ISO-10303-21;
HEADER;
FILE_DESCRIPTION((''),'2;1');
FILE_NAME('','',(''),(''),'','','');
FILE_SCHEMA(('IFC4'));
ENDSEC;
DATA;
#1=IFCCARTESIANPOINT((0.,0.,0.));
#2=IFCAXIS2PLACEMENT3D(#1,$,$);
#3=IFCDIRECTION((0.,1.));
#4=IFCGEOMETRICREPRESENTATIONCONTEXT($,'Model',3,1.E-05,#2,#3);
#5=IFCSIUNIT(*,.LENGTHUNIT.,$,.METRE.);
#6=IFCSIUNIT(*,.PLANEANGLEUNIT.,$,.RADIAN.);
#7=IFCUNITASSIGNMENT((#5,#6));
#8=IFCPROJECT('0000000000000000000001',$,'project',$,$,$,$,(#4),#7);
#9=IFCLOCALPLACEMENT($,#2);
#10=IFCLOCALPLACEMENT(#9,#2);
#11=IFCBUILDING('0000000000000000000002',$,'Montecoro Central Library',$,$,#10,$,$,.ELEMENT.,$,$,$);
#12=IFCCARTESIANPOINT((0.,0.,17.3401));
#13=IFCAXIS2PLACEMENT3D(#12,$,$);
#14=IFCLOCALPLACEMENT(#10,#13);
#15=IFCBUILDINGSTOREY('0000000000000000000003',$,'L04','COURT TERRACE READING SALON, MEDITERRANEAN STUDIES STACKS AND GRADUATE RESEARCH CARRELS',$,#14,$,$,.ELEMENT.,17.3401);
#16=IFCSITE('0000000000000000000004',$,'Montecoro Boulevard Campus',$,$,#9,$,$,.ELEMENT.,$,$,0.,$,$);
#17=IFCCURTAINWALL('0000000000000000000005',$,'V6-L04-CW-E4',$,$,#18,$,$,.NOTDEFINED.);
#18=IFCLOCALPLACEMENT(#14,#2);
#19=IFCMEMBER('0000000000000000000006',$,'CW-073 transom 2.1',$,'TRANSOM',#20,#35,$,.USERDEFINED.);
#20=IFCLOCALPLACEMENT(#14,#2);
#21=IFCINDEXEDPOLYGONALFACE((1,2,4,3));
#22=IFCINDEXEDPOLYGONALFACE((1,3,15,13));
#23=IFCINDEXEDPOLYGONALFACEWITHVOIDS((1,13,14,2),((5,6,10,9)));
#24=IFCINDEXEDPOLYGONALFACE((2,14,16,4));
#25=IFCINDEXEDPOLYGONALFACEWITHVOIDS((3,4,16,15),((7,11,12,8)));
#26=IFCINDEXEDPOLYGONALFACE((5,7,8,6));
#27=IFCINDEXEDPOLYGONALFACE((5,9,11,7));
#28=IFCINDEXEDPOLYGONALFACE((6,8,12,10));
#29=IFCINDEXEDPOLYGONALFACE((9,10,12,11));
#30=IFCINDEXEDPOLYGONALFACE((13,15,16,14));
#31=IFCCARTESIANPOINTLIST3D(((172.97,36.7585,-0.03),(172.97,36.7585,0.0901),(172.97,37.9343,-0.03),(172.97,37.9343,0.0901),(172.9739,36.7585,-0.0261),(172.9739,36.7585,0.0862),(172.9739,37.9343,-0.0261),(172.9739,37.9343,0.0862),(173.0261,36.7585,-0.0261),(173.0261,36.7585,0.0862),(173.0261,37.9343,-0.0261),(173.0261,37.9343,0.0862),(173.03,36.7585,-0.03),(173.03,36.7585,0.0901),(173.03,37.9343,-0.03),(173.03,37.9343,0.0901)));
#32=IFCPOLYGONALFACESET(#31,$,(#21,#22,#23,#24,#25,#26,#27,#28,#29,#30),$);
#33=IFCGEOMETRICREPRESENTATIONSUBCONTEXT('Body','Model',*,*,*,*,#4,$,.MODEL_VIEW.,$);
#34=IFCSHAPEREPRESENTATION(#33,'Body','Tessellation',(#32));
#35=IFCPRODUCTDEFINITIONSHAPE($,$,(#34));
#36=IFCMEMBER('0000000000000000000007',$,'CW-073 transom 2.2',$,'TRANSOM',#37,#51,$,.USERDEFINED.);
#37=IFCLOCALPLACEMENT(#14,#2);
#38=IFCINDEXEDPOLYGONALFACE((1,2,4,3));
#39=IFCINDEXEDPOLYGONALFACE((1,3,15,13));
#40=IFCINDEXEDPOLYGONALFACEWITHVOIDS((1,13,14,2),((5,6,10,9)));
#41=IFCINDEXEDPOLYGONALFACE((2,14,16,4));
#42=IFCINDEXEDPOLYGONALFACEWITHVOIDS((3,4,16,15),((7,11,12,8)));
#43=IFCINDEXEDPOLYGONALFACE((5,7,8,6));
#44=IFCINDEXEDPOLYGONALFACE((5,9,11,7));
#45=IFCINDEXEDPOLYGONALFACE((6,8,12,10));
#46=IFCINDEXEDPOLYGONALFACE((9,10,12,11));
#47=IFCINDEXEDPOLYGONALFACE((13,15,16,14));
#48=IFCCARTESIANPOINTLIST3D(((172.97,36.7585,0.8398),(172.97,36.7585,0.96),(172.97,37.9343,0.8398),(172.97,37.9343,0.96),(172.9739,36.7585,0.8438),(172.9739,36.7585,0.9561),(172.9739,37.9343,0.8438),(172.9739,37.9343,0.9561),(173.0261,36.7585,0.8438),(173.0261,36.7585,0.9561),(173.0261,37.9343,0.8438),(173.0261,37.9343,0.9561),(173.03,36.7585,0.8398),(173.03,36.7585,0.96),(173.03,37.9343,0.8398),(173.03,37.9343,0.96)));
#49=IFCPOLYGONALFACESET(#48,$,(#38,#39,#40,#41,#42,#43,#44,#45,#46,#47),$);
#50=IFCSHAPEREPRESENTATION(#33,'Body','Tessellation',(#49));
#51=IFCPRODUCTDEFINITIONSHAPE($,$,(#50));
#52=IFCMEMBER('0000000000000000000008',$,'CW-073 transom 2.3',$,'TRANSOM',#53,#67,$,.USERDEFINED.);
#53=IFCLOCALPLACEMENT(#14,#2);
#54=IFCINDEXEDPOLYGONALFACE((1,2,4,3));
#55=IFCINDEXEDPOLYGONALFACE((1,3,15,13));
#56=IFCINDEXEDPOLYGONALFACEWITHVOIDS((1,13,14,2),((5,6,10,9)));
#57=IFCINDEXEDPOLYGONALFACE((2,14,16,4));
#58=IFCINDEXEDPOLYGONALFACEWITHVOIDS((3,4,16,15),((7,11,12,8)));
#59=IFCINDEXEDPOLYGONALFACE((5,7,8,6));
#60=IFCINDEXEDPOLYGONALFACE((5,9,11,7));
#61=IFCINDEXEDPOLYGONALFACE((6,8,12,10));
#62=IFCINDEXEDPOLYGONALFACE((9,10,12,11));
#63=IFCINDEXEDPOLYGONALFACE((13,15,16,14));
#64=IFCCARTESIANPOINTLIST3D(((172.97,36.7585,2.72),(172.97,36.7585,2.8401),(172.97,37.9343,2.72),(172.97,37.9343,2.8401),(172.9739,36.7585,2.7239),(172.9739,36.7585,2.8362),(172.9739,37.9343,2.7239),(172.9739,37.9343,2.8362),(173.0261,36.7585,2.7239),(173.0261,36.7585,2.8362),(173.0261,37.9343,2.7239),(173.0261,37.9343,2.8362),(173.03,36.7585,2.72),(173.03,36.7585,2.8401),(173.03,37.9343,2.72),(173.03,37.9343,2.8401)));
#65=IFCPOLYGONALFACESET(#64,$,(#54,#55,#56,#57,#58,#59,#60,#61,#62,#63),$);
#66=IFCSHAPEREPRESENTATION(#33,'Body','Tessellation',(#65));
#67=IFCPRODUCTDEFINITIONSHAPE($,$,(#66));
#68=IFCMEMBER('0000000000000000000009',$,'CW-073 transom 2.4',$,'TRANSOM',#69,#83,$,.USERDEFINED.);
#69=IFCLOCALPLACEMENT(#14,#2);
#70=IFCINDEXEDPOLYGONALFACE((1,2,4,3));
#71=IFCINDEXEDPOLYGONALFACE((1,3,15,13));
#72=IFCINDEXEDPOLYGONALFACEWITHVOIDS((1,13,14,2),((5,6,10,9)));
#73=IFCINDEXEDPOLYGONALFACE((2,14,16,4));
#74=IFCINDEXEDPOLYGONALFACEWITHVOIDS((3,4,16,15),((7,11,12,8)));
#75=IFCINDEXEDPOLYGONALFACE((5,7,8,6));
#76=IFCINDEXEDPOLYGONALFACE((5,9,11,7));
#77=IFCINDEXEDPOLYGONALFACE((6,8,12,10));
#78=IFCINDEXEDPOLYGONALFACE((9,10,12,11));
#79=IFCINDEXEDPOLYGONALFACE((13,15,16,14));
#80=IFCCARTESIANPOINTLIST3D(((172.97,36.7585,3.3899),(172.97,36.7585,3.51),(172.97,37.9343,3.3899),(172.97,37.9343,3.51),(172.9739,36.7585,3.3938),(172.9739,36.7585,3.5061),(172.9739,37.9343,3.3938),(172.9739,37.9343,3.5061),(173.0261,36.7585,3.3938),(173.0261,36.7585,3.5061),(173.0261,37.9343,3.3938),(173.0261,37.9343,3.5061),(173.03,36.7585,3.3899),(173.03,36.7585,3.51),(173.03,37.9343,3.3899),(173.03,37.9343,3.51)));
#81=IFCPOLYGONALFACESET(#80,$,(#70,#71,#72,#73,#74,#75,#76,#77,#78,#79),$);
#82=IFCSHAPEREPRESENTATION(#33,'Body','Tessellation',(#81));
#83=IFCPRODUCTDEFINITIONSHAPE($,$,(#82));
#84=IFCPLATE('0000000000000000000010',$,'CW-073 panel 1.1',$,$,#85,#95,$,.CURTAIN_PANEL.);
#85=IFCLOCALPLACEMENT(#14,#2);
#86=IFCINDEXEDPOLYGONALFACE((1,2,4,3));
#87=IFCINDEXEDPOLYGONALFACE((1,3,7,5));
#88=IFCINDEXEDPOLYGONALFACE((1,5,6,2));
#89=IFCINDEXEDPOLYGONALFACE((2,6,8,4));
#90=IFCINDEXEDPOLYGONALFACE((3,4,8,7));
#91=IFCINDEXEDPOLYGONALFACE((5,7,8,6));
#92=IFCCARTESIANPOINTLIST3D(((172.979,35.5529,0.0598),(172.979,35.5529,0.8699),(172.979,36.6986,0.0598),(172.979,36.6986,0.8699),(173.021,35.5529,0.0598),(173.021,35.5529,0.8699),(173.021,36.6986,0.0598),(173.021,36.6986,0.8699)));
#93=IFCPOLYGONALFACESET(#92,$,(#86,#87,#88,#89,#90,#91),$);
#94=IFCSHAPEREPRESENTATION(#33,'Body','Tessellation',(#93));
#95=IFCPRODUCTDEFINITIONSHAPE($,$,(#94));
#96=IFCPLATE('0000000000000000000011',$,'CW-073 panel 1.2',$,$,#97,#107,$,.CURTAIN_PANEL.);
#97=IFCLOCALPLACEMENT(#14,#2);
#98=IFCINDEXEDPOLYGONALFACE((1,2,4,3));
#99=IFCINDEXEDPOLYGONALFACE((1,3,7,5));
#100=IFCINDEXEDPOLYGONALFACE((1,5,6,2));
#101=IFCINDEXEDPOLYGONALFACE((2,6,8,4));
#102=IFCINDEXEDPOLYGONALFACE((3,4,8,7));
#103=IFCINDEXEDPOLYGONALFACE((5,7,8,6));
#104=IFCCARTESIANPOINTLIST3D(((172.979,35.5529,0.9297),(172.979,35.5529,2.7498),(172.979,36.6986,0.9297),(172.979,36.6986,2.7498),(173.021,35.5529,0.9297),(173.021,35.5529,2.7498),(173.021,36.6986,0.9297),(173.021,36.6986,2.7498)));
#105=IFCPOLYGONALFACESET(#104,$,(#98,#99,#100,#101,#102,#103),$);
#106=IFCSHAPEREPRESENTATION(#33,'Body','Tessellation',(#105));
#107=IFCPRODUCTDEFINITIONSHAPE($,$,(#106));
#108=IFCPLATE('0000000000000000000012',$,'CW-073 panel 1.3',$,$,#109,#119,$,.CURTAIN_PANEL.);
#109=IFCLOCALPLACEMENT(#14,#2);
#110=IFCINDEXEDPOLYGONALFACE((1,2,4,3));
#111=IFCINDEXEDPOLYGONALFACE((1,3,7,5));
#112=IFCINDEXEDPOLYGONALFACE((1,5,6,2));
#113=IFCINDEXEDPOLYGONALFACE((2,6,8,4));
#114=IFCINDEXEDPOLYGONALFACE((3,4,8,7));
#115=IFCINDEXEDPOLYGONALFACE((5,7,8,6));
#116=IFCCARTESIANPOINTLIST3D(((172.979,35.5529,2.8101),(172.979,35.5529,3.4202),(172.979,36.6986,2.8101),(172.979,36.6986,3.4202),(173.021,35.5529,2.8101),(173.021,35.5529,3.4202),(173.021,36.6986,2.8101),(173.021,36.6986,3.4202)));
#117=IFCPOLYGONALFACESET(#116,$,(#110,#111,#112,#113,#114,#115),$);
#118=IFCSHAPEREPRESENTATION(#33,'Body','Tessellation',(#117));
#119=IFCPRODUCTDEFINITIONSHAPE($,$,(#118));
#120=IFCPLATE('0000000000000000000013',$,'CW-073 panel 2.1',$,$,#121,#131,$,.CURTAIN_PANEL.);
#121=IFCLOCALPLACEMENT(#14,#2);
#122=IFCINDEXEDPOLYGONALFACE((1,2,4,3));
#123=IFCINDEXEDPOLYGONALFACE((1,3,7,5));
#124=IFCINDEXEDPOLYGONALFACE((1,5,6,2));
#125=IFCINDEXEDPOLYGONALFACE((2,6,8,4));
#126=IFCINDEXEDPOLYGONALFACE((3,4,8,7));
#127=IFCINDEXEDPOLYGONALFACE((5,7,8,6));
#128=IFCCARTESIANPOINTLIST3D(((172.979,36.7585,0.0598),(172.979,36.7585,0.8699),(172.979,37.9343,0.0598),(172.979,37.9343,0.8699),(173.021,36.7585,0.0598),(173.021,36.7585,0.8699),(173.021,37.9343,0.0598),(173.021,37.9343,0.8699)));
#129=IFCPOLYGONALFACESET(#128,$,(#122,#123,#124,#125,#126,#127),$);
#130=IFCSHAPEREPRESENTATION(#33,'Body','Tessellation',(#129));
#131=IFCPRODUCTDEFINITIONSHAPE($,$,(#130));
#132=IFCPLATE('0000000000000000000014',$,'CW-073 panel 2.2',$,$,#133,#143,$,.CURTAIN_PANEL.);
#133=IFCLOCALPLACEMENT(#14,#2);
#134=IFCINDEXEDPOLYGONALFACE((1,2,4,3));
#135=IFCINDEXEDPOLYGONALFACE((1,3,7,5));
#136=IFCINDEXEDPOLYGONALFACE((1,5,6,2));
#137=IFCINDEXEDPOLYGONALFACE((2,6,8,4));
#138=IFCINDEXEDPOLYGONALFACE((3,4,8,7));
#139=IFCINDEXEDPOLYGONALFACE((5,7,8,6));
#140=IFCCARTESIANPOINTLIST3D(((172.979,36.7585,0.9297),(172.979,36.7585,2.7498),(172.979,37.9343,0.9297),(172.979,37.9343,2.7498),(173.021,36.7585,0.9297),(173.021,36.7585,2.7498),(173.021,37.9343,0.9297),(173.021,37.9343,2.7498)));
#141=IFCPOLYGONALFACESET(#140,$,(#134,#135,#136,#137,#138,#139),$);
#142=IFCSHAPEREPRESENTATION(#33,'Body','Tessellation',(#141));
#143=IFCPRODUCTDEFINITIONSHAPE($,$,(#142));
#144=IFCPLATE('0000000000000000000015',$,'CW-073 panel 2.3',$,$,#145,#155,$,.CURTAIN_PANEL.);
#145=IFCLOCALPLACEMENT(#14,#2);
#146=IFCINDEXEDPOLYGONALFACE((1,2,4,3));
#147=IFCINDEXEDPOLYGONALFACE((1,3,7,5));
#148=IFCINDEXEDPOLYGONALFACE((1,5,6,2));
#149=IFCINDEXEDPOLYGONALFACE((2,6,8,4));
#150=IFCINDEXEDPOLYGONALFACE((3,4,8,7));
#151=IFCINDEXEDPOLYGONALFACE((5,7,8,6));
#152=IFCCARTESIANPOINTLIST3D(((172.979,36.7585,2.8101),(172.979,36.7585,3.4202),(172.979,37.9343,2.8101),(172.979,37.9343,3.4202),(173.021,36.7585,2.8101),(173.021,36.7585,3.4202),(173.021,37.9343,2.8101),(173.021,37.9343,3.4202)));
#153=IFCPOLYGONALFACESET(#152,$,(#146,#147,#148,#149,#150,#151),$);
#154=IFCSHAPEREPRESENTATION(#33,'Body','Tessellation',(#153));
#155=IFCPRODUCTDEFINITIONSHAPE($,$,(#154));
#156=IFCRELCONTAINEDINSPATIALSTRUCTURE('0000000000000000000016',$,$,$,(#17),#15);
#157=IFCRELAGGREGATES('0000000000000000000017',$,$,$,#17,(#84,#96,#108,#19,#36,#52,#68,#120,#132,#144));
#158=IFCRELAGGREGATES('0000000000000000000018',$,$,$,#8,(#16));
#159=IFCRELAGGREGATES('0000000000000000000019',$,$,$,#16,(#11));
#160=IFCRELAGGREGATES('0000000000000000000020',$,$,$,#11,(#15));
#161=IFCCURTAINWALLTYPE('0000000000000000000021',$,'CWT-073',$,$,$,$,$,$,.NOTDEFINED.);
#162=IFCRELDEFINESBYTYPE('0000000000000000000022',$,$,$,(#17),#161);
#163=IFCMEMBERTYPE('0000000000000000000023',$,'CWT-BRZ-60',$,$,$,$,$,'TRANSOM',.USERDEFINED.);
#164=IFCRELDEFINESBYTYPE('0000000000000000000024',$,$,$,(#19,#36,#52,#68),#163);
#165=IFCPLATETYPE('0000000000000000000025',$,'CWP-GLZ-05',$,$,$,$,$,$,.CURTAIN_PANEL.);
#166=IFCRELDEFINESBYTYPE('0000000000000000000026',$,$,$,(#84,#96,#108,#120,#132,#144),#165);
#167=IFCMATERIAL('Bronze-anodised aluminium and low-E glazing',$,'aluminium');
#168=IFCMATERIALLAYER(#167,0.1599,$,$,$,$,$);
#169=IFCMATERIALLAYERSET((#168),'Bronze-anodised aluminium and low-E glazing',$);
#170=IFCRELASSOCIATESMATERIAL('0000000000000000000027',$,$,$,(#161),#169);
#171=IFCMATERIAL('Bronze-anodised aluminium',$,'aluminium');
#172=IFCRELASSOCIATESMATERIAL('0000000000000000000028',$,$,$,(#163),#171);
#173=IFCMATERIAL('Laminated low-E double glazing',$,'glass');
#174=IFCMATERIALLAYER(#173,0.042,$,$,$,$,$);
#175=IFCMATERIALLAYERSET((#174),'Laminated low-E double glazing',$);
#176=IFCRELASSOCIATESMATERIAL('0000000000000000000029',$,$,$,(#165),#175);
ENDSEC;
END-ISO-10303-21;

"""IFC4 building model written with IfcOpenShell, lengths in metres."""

from ifc_helpers import new_model, si_unit, direction, frame, origin, origin_2d, place, context, subcontext, project, spatial, rectangle, hollow_rectangle, extrude, material, layer, layer_set, material_profile, profile_set, type_object, element, aggregate, save


model = new_model("IFC4")

# Units and contexts
model_context = context("Model", 3, precision=1e-05, world=origin(), true_north=direction((0.0, 1.0)))
body_context = subcontext(model_context, "Body", "Model", "MODEL_VIEW")
ifc_project = project(units=[si_unit("LENGTHUNIT", "METRE"), si_unit("PLANEANGLEUNIT", "RADIAN")], contexts=[model_context])

# Site, building, storey
site_placement = place(None, origin())
site = spatial("IfcSite", under=ifc_project, at=site_placement, Name="Montecoro Boulevard Campus", CompositionType="ELEMENT", RefElevation=0.0)
building_placement = place(site_placement, origin())
building = spatial("IfcBuilding", under=site, at=building_placement, Name="Montecoro Central Library", CompositionType="ELEMENT")
storey_placement = place(building_placement, frame((0.0, 0.0, 17.3401)))
storey = spatial("IfcBuildingStorey", under=building, at=storey_placement, Name="L04", Description="COURT TERRACE READING SALON, MEDITERRANEAN STUDIES STACKS AND GRADUATE RESEARCH CARRELS", CompositionType="ELEMENT", Elevation=17.3401)

# Curtain wall, members, plates
ifc_material_1 = material(Name="Bronze-anodised aluminium and low-E glazing", Category="aluminium")
ifc_layer_1 = layer(ifc_material_1, 0.1599)
ifc_layer_set_1 = layer_set([ifc_layer_1], Name="Bronze-anodised aluminium and low-E glazing")
curtain_wall_type = type_object("IfcCurtainWallType", Name="CWT-073", PredefinedType="NOTDEFINED", material=ifc_layer_set_1)
curtain_wall_placement = place(storey_placement, origin())
curtain_wall = element("IfcCurtainWall", 1, at=curtain_wall_placement, inside=storey, type_object=curtain_wall_type, Name="V6-L04-CW-E4", PredefinedType="NOTDEFINED")
ifc_material_2 = material(Name="Bronze-anodised aluminium", Category="aluminium")
ifc_material_profile_1 = material_profile(ifc_material_2, hollow_rectangle(XDim=0.0601, YDim=0.1201, WallThickness=0.0039, at=origin_2d()), Name="CWT 120x60x4.0")
ifc_profile_set_1 = profile_set([ifc_material_profile_1], Name="Bronze-anodised aluminium")
member_type_1 = type_object("IfcMemberType", Name="CWT-BRZ-60", ElementType="TRANSOM", PredefinedType="USERDEFINED", material=ifc_profile_set_1)
member_1_placement = place(storey_placement, frame((173.0, 36.7585, 0.03), z_axis=(0.0, 1.0, 0.0), x_axis=(-1.0, 0.0, 0.0)))
member_1 = element("IfcMember", 2, at=member_1_placement, type_object=member_type_1, Name="CW-073 transom 2.1", ObjectType="TRANSOM", PredefinedType="USERDEFINED", context=body_context, shape_type="SweptSolid", body=[
    extrude(hollow_rectangle(XDim=0.0601, YDim=0.1201, WallThickness=0.0039, at=origin_2d()), origin(), (0.0, 0.0, 1.0), 1.1758),
])
member_2_placement = place(storey_placement, frame((173.0, 36.7585, 0.8999), z_axis=(0.0, 1.0, 0.0), x_axis=(-1.0, 0.0, 0.0)))
member_2 = element("IfcMember", 3, at=member_2_placement, type_object=member_type_1, Name="CW-073 transom 2.2", ObjectType="TRANSOM", PredefinedType="USERDEFINED", context=body_context, shape_type="SweptSolid", body=[
    extrude(hollow_rectangle(XDim=0.0601, YDim=0.1201, WallThickness=0.0039, at=origin_2d()), origin(), (0.0, 0.0, 1.0), 1.1758),
])
member_3_placement = place(storey_placement, frame((173.0, 36.7585, 2.78), z_axis=(0.0, 1.0, 0.0), x_axis=(-1.0, 0.0, 0.0)))
member_3 = element("IfcMember", 4, at=member_3_placement, type_object=member_type_1, Name="CW-073 transom 2.3", ObjectType="TRANSOM", PredefinedType="USERDEFINED", context=body_context, shape_type="SweptSolid", body=[
    extrude(hollow_rectangle(XDim=0.0601, YDim=0.1201, WallThickness=0.0039, at=origin_2d()), origin(), (0.0, 0.0, 1.0), 1.1758),
])
member_4_placement = place(storey_placement, frame((173.0, 36.7585, 3.45), z_axis=(0.0, 1.0, 0.0), x_axis=(-1.0, 0.0, 0.0)))
member_4 = element("IfcMember", 5, at=member_4_placement, type_object=member_type_1, Name="CW-073 transom 2.4", ObjectType="TRANSOM", PredefinedType="USERDEFINED", context=body_context, shape_type="SweptSolid", body=[
    extrude(hollow_rectangle(XDim=0.0601, YDim=0.1201, WallThickness=0.0039, at=origin_2d()), origin(), (0.0, 0.0, 1.0), 1.1758),
])
ifc_material_3 = material(Name="Laminated low-E double glazing", Category="glass")
ifc_layer_2 = layer(ifc_material_3, 0.042)
ifc_layer_set_2 = layer_set([ifc_layer_2], Name="Laminated low-E double glazing")
plate_type = type_object("IfcPlateType", Name="CWP-GLZ-05", PredefinedType="CURTAIN_PANEL", material=ifc_layer_set_2)
plate_1_placement = place(storey_placement, frame((173.0, 36.1257, 0.0598), z_axis=(0.0, 0.0, 1.0), x_axis=(0.0, 1.0, 0.0)))
plate_1 = element("IfcPlate", 6, at=plate_1_placement, type_object=plate_type, Name="CW-073 panel 1.1", PredefinedType="CURTAIN_PANEL", context=body_context, shape_type="SweptSolid", body=[
    extrude(rectangle(XDim=1.1458, YDim=0.042, at=origin_2d()), origin(), (0.0, 0.0, 1.0), 0.8101),
])
plate_2_placement = place(storey_placement, frame((173.0, 36.1257, 0.9297), z_axis=(0.0, 0.0, 1.0), x_axis=(0.0, 1.0, 0.0)))
plate_2 = element("IfcPlate", 7, at=plate_2_placement, type_object=plate_type, Name="CW-073 panel 1.2", PredefinedType="CURTAIN_PANEL", context=body_context, shape_type="SweptSolid", body=[
    extrude(rectangle(XDim=1.1458, YDim=0.042, at=origin_2d()), origin(), (0.0, 0.0, 1.0), 1.8201),
])
plate_3_placement = place(storey_placement, frame((173.0, 36.1257, 2.8101), z_axis=(0.0, 0.0, 1.0), x_axis=(0.0, 1.0, 0.0)))
plate_3 = element("IfcPlate", 8, at=plate_3_placement, type_object=plate_type, Name="CW-073 panel 1.3", PredefinedType="CURTAIN_PANEL", context=body_context, shape_type="SweptSolid", body=[
    extrude(rectangle(XDim=1.1458, YDim=0.042, at=origin_2d()), origin(), (0.0, 0.0, 1.0), 0.6101),
])
plate_4_placement = place(storey_placement, frame((173.0, 37.3464, 0.0598), z_axis=(0.0, 0.0, 1.0), x_axis=(0.0, 1.0, 0.0)))
plate_4 = element("IfcPlate", 9, at=plate_4_placement, type_object=plate_type, Name="CW-073 panel 2.1", PredefinedType="CURTAIN_PANEL", context=body_context, shape_type="SweptSolid", body=[
    extrude(rectangle(XDim=1.1758, YDim=0.042, at=origin_2d()), origin(), (0.0, 0.0, 1.0), 0.8101),
])
plate_5_placement = place(storey_placement, frame((173.0, 37.3464, 0.9297), z_axis=(0.0, 0.0, 1.0), x_axis=(0.0, 1.0, 0.0)))
plate_5 = element("IfcPlate", 10, at=plate_5_placement, type_object=plate_type, Name="CW-073 panel 2.2", PredefinedType="CURTAIN_PANEL", context=body_context, shape_type="SweptSolid", body=[
    extrude(rectangle(XDim=1.1758, YDim=0.042, at=origin_2d()), origin(), (0.0, 0.0, 1.0), 1.8201),
])
plate_6_placement = place(storey_placement, frame((173.0, 37.3464, 2.8101), z_axis=(0.0, 0.0, 1.0), x_axis=(0.0, 1.0, 0.0)))
plate_6 = element("IfcPlate", 11, at=plate_6_placement, type_object=plate_type, Name="CW-073 panel 2.3", PredefinedType="CURTAIN_PANEL", context=body_context, shape_type="SweptSolid", body=[
    extrude(rectangle(XDim=1.1758, YDim=0.042, at=origin_2d()), origin(), (0.0, 0.0, 1.0), 0.6101),
])
aggregate(curtain_wall, [plate_1, plate_2, plate_3, member_1, member_2, member_3, member_4, plate_4, plate_5, plate_6])

save(model, "model.ifc")
